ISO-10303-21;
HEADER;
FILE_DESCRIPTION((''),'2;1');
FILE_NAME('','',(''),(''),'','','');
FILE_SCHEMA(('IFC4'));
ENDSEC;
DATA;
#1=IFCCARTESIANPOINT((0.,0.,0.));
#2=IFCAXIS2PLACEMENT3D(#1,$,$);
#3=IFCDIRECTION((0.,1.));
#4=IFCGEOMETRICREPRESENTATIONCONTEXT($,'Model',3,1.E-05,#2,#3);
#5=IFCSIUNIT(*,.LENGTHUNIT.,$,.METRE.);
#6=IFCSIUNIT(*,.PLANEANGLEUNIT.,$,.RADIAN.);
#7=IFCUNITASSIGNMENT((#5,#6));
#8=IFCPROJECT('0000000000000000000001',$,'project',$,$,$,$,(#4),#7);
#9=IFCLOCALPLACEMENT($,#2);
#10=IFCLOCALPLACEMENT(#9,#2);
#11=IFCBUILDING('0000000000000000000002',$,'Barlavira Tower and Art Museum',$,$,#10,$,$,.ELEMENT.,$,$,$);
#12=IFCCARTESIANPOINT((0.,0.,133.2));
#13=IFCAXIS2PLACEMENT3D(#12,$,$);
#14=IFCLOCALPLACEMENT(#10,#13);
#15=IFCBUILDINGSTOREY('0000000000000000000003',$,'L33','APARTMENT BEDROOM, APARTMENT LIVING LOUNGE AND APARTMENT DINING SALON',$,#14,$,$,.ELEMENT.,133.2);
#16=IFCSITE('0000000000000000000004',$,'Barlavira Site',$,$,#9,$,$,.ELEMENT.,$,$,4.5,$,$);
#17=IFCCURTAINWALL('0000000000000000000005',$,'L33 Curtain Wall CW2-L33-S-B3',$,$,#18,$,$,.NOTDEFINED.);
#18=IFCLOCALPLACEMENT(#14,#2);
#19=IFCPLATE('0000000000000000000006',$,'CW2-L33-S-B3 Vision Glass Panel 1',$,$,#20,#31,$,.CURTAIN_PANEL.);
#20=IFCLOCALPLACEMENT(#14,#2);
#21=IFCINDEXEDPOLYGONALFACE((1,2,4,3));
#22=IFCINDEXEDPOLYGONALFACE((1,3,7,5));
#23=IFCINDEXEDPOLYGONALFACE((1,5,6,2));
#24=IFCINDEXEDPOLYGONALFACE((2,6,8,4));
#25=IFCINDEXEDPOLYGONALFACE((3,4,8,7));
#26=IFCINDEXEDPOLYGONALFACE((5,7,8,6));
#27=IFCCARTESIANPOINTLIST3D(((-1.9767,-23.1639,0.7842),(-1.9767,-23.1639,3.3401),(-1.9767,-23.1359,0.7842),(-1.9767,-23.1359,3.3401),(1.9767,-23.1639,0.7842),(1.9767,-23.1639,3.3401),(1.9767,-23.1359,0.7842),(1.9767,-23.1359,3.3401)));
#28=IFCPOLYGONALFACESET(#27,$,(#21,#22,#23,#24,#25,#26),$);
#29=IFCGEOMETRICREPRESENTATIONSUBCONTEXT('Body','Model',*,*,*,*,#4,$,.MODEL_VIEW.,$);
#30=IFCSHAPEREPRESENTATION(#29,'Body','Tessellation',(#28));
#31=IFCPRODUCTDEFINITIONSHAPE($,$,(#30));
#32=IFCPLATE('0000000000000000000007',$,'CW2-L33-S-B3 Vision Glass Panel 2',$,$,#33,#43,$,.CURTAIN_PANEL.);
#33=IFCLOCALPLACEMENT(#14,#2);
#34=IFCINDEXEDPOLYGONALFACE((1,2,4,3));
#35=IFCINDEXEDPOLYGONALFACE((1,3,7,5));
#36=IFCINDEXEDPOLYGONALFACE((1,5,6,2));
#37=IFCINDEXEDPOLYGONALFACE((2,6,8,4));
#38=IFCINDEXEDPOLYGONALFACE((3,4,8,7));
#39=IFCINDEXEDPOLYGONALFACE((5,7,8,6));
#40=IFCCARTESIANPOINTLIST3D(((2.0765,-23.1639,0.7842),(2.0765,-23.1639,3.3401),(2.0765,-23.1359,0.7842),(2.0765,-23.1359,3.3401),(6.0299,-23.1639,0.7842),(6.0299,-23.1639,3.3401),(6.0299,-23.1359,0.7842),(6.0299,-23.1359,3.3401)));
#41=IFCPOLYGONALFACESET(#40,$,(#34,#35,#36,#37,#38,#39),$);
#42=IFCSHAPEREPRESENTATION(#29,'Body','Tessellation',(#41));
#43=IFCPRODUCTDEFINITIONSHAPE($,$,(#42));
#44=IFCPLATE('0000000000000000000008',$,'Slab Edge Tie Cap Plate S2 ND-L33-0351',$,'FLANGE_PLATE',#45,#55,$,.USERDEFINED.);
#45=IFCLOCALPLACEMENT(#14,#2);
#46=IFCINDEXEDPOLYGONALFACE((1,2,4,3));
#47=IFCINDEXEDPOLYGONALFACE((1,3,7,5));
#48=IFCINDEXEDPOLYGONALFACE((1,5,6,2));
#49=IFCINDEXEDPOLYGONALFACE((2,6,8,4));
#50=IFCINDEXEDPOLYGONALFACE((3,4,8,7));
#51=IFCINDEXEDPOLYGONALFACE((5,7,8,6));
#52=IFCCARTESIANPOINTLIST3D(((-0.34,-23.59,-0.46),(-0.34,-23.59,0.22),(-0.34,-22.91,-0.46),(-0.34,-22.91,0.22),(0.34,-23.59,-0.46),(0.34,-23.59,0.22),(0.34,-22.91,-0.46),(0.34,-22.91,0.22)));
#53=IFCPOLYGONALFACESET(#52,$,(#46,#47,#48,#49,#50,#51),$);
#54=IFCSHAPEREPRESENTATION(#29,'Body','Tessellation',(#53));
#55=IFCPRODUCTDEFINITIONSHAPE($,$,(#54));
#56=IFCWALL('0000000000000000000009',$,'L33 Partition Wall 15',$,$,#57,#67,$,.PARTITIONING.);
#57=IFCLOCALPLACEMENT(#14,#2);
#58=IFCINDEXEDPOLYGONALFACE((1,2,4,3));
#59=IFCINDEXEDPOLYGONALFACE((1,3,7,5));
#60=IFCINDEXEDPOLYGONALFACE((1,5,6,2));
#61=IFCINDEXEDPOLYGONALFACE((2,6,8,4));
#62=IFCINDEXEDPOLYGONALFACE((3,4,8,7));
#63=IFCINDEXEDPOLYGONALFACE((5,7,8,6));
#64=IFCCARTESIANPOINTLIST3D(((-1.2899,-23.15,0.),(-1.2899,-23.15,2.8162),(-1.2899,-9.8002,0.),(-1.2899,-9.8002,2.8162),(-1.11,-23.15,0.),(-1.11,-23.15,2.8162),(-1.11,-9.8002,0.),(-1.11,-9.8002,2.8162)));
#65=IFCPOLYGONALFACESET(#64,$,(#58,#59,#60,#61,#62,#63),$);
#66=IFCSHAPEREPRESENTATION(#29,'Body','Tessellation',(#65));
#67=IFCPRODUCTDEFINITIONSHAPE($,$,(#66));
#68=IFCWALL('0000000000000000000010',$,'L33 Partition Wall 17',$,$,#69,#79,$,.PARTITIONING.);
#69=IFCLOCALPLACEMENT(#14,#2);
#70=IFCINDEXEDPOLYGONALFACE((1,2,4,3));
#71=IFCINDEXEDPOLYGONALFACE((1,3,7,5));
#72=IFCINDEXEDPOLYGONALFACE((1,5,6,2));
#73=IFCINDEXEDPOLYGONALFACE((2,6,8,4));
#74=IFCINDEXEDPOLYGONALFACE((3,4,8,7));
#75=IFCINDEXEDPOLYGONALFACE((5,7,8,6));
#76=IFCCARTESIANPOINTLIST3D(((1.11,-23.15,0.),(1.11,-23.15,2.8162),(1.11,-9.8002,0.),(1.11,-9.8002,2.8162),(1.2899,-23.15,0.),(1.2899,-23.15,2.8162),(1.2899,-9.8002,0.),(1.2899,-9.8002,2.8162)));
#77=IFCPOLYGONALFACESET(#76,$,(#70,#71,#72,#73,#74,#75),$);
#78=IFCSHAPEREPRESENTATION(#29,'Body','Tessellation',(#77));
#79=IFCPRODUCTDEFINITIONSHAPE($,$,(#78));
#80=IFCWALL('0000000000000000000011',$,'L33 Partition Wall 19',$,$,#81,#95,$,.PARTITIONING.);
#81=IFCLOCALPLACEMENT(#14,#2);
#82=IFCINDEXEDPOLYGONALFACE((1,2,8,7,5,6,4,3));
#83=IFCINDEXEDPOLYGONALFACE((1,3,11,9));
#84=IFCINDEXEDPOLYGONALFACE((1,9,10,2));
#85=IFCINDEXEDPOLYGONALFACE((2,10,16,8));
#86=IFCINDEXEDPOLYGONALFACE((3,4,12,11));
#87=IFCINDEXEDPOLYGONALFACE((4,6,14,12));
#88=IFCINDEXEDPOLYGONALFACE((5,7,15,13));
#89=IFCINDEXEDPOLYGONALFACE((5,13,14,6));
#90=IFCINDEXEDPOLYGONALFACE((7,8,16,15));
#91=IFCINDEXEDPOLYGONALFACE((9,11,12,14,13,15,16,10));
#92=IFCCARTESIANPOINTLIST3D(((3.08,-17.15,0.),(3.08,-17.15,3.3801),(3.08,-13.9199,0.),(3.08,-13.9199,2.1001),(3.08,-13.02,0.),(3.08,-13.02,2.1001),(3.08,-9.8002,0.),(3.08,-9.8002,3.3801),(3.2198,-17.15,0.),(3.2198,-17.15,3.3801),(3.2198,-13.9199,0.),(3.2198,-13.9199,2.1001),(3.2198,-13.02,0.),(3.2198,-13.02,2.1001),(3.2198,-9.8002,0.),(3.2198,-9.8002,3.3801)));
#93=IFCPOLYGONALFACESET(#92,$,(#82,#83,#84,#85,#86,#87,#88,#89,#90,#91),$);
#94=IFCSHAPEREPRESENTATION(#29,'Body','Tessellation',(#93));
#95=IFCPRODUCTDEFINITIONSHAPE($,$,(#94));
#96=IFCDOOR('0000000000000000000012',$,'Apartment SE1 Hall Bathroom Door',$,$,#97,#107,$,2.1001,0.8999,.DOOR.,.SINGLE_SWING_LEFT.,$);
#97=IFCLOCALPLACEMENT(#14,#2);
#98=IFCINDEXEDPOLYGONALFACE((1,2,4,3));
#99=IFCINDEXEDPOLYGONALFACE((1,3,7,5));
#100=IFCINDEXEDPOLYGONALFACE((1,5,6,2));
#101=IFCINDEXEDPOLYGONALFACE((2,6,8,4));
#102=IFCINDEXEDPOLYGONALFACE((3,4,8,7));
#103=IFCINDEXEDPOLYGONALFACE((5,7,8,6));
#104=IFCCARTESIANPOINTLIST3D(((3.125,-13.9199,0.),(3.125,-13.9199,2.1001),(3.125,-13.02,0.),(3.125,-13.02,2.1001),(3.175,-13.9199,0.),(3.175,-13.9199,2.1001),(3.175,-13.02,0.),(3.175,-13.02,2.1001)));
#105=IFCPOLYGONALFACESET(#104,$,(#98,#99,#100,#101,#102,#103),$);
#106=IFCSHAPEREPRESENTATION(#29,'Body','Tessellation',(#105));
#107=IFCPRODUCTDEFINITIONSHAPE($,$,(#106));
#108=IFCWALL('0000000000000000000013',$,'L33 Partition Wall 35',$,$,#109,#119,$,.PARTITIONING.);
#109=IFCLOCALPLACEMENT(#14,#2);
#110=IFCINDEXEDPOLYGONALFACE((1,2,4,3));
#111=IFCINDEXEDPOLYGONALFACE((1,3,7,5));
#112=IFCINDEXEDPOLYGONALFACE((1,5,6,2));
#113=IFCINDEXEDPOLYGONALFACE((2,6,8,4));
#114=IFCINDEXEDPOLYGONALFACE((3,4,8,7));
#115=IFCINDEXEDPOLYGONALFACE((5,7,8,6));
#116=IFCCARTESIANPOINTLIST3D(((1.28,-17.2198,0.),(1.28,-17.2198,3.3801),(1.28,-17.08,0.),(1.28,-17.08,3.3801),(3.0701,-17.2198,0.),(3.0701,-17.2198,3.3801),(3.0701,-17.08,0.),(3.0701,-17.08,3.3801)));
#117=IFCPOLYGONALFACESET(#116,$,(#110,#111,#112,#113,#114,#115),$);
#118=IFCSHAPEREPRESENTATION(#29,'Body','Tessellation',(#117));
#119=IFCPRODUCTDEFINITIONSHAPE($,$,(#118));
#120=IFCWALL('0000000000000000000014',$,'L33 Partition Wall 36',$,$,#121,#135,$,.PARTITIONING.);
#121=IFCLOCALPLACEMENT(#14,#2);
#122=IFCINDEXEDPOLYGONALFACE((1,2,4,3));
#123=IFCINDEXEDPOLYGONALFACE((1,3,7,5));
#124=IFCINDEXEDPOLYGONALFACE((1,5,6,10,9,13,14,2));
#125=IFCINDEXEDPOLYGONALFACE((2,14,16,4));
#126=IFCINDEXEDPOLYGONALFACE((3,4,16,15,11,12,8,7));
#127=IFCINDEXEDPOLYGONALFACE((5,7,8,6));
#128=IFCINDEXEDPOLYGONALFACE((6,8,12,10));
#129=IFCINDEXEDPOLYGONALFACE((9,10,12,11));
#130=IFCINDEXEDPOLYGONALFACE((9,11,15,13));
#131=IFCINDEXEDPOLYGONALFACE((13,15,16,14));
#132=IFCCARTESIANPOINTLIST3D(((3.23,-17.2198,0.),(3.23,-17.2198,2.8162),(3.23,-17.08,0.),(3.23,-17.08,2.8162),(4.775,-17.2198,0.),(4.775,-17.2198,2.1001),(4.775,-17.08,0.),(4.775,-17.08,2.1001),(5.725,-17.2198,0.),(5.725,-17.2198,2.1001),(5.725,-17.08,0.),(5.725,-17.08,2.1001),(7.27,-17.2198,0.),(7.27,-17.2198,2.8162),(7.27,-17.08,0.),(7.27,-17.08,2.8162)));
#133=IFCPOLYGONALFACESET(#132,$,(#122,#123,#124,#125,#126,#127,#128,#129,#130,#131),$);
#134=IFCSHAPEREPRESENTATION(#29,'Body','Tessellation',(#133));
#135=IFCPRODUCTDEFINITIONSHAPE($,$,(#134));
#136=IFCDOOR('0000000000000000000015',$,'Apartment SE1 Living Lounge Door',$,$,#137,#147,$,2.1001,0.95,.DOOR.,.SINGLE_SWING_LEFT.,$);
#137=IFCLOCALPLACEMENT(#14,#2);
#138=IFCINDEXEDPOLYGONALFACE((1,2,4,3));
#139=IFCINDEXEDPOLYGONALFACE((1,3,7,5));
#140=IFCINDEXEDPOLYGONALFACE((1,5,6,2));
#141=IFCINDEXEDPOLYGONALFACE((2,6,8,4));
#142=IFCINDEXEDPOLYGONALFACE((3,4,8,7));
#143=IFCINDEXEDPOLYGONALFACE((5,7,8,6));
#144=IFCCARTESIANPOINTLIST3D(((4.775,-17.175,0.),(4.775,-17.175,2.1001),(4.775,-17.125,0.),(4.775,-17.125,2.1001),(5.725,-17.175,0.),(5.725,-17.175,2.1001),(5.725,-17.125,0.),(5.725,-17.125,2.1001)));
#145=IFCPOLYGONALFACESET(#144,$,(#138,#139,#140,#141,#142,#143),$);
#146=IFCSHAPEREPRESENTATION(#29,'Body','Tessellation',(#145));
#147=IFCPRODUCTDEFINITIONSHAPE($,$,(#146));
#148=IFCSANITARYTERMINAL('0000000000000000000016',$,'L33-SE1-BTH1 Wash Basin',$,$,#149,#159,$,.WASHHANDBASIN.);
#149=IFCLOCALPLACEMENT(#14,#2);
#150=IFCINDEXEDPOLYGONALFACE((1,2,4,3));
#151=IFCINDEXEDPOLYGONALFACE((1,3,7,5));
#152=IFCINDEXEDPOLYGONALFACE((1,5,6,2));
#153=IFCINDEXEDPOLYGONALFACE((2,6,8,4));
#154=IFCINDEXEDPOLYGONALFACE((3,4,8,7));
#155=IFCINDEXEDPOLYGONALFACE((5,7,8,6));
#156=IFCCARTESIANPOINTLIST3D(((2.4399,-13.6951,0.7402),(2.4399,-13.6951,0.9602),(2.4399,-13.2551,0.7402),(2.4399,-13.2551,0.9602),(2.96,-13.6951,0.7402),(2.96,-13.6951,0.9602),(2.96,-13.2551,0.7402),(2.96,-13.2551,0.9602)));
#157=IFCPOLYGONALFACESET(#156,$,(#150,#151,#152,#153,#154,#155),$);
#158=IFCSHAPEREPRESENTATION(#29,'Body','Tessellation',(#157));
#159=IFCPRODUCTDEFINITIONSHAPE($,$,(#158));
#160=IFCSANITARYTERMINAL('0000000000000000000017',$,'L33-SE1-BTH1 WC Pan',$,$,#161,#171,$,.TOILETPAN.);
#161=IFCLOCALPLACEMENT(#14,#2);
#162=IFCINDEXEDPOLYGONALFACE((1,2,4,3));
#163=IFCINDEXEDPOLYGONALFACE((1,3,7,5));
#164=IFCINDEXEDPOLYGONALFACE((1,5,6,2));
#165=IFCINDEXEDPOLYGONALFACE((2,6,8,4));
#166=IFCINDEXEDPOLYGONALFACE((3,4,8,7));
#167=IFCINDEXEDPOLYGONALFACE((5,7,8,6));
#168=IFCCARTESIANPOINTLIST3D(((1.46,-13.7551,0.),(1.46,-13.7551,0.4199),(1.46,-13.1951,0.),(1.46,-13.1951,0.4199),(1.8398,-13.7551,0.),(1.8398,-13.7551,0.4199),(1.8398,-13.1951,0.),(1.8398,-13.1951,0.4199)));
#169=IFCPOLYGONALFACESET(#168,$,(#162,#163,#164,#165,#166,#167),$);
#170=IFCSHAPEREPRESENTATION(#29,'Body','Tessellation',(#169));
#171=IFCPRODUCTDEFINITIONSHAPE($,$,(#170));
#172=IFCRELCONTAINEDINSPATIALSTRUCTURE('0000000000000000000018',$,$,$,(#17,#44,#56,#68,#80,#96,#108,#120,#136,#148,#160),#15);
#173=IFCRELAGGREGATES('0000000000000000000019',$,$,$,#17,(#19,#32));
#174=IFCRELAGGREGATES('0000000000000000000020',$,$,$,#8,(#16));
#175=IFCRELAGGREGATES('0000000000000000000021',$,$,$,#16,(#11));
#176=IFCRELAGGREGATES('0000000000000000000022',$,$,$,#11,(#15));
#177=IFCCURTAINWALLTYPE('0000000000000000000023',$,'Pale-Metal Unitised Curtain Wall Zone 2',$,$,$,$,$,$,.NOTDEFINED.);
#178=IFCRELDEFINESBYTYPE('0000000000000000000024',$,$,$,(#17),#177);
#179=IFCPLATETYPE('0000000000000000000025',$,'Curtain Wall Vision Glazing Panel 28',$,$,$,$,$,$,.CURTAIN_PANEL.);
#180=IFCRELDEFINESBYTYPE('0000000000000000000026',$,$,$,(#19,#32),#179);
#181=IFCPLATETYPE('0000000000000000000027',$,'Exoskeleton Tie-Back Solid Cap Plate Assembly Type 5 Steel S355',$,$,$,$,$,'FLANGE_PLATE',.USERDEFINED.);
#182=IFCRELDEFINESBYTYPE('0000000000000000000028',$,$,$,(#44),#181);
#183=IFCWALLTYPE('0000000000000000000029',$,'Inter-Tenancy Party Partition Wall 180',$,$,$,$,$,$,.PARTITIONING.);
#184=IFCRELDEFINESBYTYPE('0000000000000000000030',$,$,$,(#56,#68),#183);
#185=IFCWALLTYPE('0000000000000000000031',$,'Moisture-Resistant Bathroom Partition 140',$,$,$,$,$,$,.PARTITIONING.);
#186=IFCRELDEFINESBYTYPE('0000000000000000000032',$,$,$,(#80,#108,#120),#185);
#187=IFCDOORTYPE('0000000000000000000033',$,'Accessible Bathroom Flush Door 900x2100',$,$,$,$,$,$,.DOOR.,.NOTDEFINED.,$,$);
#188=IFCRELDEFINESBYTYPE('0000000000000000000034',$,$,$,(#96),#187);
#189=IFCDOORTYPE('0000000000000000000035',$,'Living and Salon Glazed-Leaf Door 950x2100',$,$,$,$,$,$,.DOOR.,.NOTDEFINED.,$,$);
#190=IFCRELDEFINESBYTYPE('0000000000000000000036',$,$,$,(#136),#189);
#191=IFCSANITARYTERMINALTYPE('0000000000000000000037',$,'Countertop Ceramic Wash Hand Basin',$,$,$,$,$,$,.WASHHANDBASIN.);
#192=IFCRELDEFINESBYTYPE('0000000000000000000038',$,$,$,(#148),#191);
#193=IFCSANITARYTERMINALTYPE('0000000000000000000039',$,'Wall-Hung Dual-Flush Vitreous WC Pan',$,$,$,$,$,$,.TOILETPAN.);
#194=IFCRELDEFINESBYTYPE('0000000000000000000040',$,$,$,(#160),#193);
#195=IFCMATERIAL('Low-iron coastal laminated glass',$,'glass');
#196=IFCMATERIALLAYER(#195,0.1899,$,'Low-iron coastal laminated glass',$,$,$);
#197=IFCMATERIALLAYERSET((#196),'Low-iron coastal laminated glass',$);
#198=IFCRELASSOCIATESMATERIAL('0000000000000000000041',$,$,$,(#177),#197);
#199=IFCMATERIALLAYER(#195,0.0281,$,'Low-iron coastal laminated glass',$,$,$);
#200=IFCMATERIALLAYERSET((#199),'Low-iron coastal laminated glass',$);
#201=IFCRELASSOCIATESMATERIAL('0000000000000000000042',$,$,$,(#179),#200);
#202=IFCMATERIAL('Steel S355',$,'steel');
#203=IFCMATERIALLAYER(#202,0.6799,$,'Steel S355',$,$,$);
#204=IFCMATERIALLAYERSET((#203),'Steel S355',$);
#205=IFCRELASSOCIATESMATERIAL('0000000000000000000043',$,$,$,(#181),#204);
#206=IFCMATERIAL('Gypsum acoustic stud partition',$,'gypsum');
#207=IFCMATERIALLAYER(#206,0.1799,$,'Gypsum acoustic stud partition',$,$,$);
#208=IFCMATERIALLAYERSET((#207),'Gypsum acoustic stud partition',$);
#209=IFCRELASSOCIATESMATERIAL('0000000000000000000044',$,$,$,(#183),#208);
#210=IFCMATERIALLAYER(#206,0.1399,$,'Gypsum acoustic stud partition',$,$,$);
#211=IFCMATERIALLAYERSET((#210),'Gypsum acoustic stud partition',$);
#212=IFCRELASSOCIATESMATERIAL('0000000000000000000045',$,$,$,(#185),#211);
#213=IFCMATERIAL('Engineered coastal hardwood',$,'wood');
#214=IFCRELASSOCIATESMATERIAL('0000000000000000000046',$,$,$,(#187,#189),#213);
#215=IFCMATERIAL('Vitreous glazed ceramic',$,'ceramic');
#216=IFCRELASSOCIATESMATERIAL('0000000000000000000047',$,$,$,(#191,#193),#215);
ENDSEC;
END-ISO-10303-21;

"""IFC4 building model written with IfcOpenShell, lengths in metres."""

from ifc_helpers import new_model, si_unit, direction, frame, frame_2d, origin, origin_2d, place, context, subcontext, project, spatial, rectangle, extrude, material, layer, layer_set, type_object, element, fill, aggregate, save


model = new_model("IFC4")

# Units and contexts
model_context = context("Model", 3, precision=1e-05, world=origin(), true_north=direction((0.0, 1.0)))
body_context = subcontext(model_context, "Body", "Model", "MODEL_VIEW")
ifc_project = project(units=[si_unit("LENGTHUNIT", "METRE"), si_unit("PLANEANGLEUNIT", "RADIAN")], contexts=[model_context])

# Site, building, storey
site_placement = place(None, origin())
site = spatial("IfcSite", under=ifc_project, at=site_placement, Name="Barlavira Site", CompositionType="ELEMENT", RefElevation=4.5)
building_placement = place(site_placement, origin())
building = spatial("IfcBuilding", under=site, at=building_placement, Name="Barlavira Tower and Art Museum", CompositionType="ELEMENT")
storey_placement = place(building_placement, frame((0.0, 0.0, 133.2)))
storey = spatial("IfcBuildingStorey", under=building, at=storey_placement, Name="L33", Description="APARTMENT BEDROOM, APARTMENT LIVING LOUNGE AND APARTMENT DINING SALON", CompositionType="ELEMENT", Elevation=133.2)

# Curtain wall
ifc_material_1 = material(Name="Low-iron coastal laminated glass", Category="glass")
ifc_layer_1 = layer(ifc_material_1, 0.1899, Name="Low-iron coastal laminated glass")
ifc_layer_set_1 = layer_set([ifc_layer_1], Name="Low-iron coastal laminated glass")
curtain_wall_type = type_object("IfcCurtainWallType", Name="Pale-Metal Unitised Curtain Wall Zone 2", PredefinedType="NOTDEFINED", material=ifc_layer_set_1)
curtain_wall_placement = place(storey_placement, origin())
curtain_wall = element("IfcCurtainWall", 1, at=curtain_wall_placement, inside=storey, type_object=curtain_wall_type, Name="L33 Curtain Wall CW2-L33-S-B3", PredefinedType="NOTDEFINED")

# Shared definitions
ifc_material_2 = material(Name="Steel S355", Category="steel")

# Plates
ifc_layer_2 = layer(ifc_material_1, 0.0281, Name="Low-iron coastal laminated glass")
ifc_layer_set_2 = layer_set([ifc_layer_2], Name="Low-iron coastal laminated glass")
plate_type_1 = type_object("IfcPlateType", Name="Curtain Wall Vision Glazing Panel 28", PredefinedType="CURTAIN_PANEL", material=ifc_layer_set_2)
plate_1_placement = place(storey_placement, frame((0.0, -23.1499, 0.7842), z_axis=(0.0, 0.0, 1.0), x_axis=(1.0, 0.0, 0.0)))
plate_1 = element("IfcPlate", 2, at=plate_1_placement, type_object=plate_type_1, Name="CW2-L33-S-B3 Vision Glass Panel 1", PredefinedType="CURTAIN_PANEL", context=body_context, shape_type="SweptSolid", body=[
    extrude(rectangle(XDim=3.9534, YDim=0.0281, at=origin_2d()), origin(), (0.0, 0.0, 1.0), 2.5559),
])
plate_2_placement = place(storey_placement, frame((4.0532, -23.1499, 0.7842), z_axis=(0.0, 0.0, 1.0), x_axis=(1.0, 0.0, 0.0)))
plate_2 = element("IfcPlate", 3, at=plate_2_placement, type_object=plate_type_1, Name="CW2-L33-S-B3 Vision Glass Panel 2", PredefinedType="CURTAIN_PANEL", context=body_context, shape_type="SweptSolid", body=[
    extrude(rectangle(XDim=3.9534, YDim=0.0281, at=origin_2d()), origin(), (0.0, 0.0, 1.0), 2.5559),
])
aggregate(curtain_wall, [plate_1, plate_2])
ifc_layer_3 = layer(ifc_material_2, 0.6799, Name="Steel S355")
ifc_layer_set_3 = layer_set([ifc_layer_3], Name="Steel S355")
plate_type_2 = type_object("IfcPlateType", Name="Exoskeleton Tie-Back Solid Cap Plate Assembly Type 5 Steel S355", ElementType="FLANGE_PLATE", PredefinedType="USERDEFINED", material=ifc_layer_set_3)
plate_3_placement = place(storey_placement, frame((0.0, -23.25, -0.46), z_axis=(0.0, 0.0, 1.0), x_axis=(1.0, 0.0, 0.0)))
element("IfcPlate", 4, at=plate_3_placement, inside=storey, type_object=plate_type_2, Name="Slab Edge Tie Cap Plate S2 ND-L33-0351", ObjectType="FLANGE_PLATE", PredefinedType="USERDEFINED", context=body_context, shape_type="SweptSolid", body=[
    extrude(rectangle(XDim=0.6799, YDim=0.6799, at=origin_2d()), origin(), (0.0, 0.0, 1.0), 0.6799),
])

# Walls
ifc_material_3 = material(Name="Gypsum acoustic stud partition", Category="gypsum")
ifc_layer_4 = layer(ifc_material_3, 0.1799, Name="Gypsum acoustic stud partition")
ifc_layer_set_4 = layer_set([ifc_layer_4], Name="Gypsum acoustic stud partition")
wall_type_1 = type_object("IfcWallType", Name="Inter-Tenancy Party Partition Wall 180", PredefinedType="PARTITIONING", material=ifc_layer_set_4)
for number, where, z_axis, x_axis, name in (
    (5, (-1.2, -23.1499, 0.0), (0.0, 0.0, 1.0), (0.0, 1.0, 0.0), "L33 Partition Wall 15"),
    (6, (1.2, -23.1499, 0.0), (0.0, 0.0, 1.0), (0.0, 1.0, 0.0), "L33 Partition Wall 17"),
):
    element("IfcWall", number, at=place(storey_placement, frame(where, z_axis=z_axis, x_axis=x_axis)), inside=storey, type_object=wall_type_1, Name=name, PredefinedType="PARTITIONING", context=body_context, shape_type="SweptSolid", body=[
        extrude(rectangle(XDim=13.3499, YDim=0.1799, at=frame_2d((6.6748, 0.0))), origin(), (0.0, 0.0, 1.0), 2.8162),
    ])

# Wall, opening, door
ifc_layer_5 = layer(ifc_material_3, 0.1399, Name="Gypsum acoustic stud partition")
ifc_layer_set_5 = layer_set([ifc_layer_5], Name="Gypsum acoustic stud partition")
wall_type_2 = type_object("IfcWallType", Name="Moisture-Resistant Bathroom Partition 140", PredefinedType="PARTITIONING", material=ifc_layer_set_5)
wall_1_placement = place(storey_placement, frame((3.1499, -17.1499, 0.0), z_axis=(0.0, 0.0, 1.0), x_axis=(0.0, 1.0, 0.0)))
wall_1 = element("IfcWall", 7, at=wall_1_placement, inside=storey, type_object=wall_type_2, Name="L33 Partition Wall 19", PredefinedType="PARTITIONING", context=body_context, shape_type="SweptSolid", body=[
    extrude(rectangle(XDim=7.3499, YDim=0.1399, at=frame_2d((3.6748, 0.0))), origin(), (0.0, 0.0, 1.0), 3.3801),
])
opening_1_placement = place(wall_1_placement, frame((3.23, 0.0, 0.0)))
opening_1 = element("IfcOpeningElement", 8, at=opening_1_placement, cuts=wall_1, PredefinedType="OPENING", context=body_context, shape_type="SweptSolid", body=[
    extrude(rectangle(XDim=0.8999, YDim=2.1001, at=frame_2d((0.45, 1.05))), frame((0.0, 0.0801, 0.0), z_axis=(0.0, -1.0, 0.0), x_axis=(1.0, 0.0, 0.0)), (0.0, 0.0, 1.0), 0.1599),
])
ifc_material_4 = material(Name="Engineered coastal hardwood", Category="wood")
door_type_1 = type_object("IfcDoorType", Name="Accessible Bathroom Flush Door 900x2100", OperationType="NOTDEFINED", PredefinedType="DOOR", material=ifc_material_4)
door_1_placement = place(opening_1_placement, origin())
door_1 = element("IfcDoor", 9, at=door_1_placement, inside=storey, type_object=door_type_1, Name="Apartment SE1 Hall Bathroom Door", OperationType="SINGLE_SWING_LEFT", OverallHeight=2.1001, OverallWidth=0.8999, PredefinedType="DOOR", context=body_context, shape_type="SweptSolid", body=[
    extrude(rectangle(XDim=0.8999, YDim=2.1001, at=frame_2d((0.45, 1.05))), frame((0.0, 0.0249, 0.0), z_axis=(0.0, -1.0, 0.0), x_axis=(1.0, 0.0, 0.0)), (0.0, 0.0, 1.0), 0.05),
])
fill(opening_1, door_1)

# Wall
wall_2_placement = place(storey_placement, frame((1.28, -17.1499, 0.0), z_axis=(0.0, 0.0, 1.0), x_axis=(1.0, 0.0, 0.0)))
element("IfcWall", 10, at=wall_2_placement, inside=storey, type_object=wall_type_2, Name="L33 Partition Wall 35", PredefinedType="PARTITIONING", context=body_context, shape_type="SweptSolid", body=[
    extrude(rectangle(XDim=1.79, YDim=0.1399, at=frame_2d((0.895, 0.0))), origin(), (0.0, 0.0, 1.0), 3.3801),
])

# Wall, opening, door
wall_3_placement = place(storey_placement, frame((3.23, -17.1499, 0.0), z_axis=(0.0, 0.0, 1.0), x_axis=(1.0, 0.0, 0.0)))
wall_3 = element("IfcWall", 11, at=wall_3_placement, inside=storey, type_object=wall_type_2, Name="L33 Partition Wall 36", PredefinedType="PARTITIONING", context=body_context, shape_type="SweptSolid", body=[
    extrude(rectangle(XDim=4.04, YDim=0.1399, at=frame_2d((2.02, 0.0))), origin(), (0.0, 0.0, 1.0), 2.8162),
])
opening_2_placement = place(wall_3_placement, frame((1.5449, 0.0, 0.0)))
opening_2 = element("IfcOpeningElement", 12, at=opening_2_placement, cuts=wall_3, PredefinedType="OPENING", context=body_context, shape_type="SweptSolid", body=[
    extrude(rectangle(XDim=0.95, YDim=2.1001, at=frame_2d((0.4751, 1.05))), frame((0.0, 0.0801, 0.0), z_axis=(0.0, -1.0, 0.0), x_axis=(1.0, 0.0, 0.0)), (0.0, 0.0, 1.0), 0.1599),
])
door_type_2 = type_object("IfcDoorType", Name="Living and Salon Glazed-Leaf Door 950x2100", OperationType="NOTDEFINED", PredefinedType="DOOR", material=ifc_material_4)
door_2_placement = place(opening_2_placement, origin())
door_2 = element("IfcDoor", 13, at=door_2_placement, inside=storey, type_object=door_type_2, Name="Apartment SE1 Living Lounge Door", OperationType="SINGLE_SWING_LEFT", OverallHeight=2.1001, OverallWidth=0.95, PredefinedType="DOOR", context=body_context, shape_type="SweptSolid", body=[
    extrude(rectangle(XDim=0.95, YDim=2.1001, at=frame_2d((0.4751, 1.05))), frame((0.0, 0.0249, 0.0), z_axis=(0.0, -1.0, 0.0), x_axis=(1.0, 0.0, 0.0)), (0.0, 0.0, 1.0), 0.05),
])
fill(opening_2, door_2)

# Sanitary terminals
ifc_material_5 = material(Name="Vitreous glazed ceramic", Category="ceramic")
sanitary_terminal_type_1 = type_object("IfcSanitaryTerminalType", Name="Countertop Ceramic Wash Hand Basin", PredefinedType="WASHHANDBASIN", material=ifc_material_5)
sanitary_terminal_1_placement = place(storey_placement, frame((2.7, -13.4751, 0.7402), z_axis=(0.0, 0.0, 1.0), x_axis=(1.0, 0.0, 0.0)))
element("IfcSanitaryTerminal", 14, at=sanitary_terminal_1_placement, inside=storey, type_object=sanitary_terminal_type_1, Name="L33-SE1-BTH1 Wash Basin", PredefinedType="WASHHANDBASIN", context=body_context, shape_type="SweptSolid", body=[
    extrude(rectangle(XDim=0.52, YDim=0.4399, at=origin_2d()), origin(), (0.0, 0.0, 1.0), 0.22),
])
sanitary_terminal_type_2 = type_object("IfcSanitaryTerminalType", Name="Wall-Hung Dual-Flush Vitreous WC Pan", PredefinedType="TOILETPAN", material=ifc_material_5)
sanitary_terminal_2_placement = place(storey_placement, frame((1.6499, -13.4751, 0.0), z_axis=(0.0, 0.0, 1.0), x_axis=(1.0, 0.0, 0.0)))
element("IfcSanitaryTerminal", 15, at=sanitary_terminal_2_placement, inside=storey, type_object=sanitary_terminal_type_2, Name="L33-SE1-BTH1 WC Pan", PredefinedType="TOILETPAN", context=body_context, shape_type="SweptSolid", body=[
    extrude(rectangle(XDim=0.3799, YDim=0.5601, at=origin_2d()), origin(), (0.0, 0.0, 1.0), 0.4199),
])

save(model, "model.ifc")
